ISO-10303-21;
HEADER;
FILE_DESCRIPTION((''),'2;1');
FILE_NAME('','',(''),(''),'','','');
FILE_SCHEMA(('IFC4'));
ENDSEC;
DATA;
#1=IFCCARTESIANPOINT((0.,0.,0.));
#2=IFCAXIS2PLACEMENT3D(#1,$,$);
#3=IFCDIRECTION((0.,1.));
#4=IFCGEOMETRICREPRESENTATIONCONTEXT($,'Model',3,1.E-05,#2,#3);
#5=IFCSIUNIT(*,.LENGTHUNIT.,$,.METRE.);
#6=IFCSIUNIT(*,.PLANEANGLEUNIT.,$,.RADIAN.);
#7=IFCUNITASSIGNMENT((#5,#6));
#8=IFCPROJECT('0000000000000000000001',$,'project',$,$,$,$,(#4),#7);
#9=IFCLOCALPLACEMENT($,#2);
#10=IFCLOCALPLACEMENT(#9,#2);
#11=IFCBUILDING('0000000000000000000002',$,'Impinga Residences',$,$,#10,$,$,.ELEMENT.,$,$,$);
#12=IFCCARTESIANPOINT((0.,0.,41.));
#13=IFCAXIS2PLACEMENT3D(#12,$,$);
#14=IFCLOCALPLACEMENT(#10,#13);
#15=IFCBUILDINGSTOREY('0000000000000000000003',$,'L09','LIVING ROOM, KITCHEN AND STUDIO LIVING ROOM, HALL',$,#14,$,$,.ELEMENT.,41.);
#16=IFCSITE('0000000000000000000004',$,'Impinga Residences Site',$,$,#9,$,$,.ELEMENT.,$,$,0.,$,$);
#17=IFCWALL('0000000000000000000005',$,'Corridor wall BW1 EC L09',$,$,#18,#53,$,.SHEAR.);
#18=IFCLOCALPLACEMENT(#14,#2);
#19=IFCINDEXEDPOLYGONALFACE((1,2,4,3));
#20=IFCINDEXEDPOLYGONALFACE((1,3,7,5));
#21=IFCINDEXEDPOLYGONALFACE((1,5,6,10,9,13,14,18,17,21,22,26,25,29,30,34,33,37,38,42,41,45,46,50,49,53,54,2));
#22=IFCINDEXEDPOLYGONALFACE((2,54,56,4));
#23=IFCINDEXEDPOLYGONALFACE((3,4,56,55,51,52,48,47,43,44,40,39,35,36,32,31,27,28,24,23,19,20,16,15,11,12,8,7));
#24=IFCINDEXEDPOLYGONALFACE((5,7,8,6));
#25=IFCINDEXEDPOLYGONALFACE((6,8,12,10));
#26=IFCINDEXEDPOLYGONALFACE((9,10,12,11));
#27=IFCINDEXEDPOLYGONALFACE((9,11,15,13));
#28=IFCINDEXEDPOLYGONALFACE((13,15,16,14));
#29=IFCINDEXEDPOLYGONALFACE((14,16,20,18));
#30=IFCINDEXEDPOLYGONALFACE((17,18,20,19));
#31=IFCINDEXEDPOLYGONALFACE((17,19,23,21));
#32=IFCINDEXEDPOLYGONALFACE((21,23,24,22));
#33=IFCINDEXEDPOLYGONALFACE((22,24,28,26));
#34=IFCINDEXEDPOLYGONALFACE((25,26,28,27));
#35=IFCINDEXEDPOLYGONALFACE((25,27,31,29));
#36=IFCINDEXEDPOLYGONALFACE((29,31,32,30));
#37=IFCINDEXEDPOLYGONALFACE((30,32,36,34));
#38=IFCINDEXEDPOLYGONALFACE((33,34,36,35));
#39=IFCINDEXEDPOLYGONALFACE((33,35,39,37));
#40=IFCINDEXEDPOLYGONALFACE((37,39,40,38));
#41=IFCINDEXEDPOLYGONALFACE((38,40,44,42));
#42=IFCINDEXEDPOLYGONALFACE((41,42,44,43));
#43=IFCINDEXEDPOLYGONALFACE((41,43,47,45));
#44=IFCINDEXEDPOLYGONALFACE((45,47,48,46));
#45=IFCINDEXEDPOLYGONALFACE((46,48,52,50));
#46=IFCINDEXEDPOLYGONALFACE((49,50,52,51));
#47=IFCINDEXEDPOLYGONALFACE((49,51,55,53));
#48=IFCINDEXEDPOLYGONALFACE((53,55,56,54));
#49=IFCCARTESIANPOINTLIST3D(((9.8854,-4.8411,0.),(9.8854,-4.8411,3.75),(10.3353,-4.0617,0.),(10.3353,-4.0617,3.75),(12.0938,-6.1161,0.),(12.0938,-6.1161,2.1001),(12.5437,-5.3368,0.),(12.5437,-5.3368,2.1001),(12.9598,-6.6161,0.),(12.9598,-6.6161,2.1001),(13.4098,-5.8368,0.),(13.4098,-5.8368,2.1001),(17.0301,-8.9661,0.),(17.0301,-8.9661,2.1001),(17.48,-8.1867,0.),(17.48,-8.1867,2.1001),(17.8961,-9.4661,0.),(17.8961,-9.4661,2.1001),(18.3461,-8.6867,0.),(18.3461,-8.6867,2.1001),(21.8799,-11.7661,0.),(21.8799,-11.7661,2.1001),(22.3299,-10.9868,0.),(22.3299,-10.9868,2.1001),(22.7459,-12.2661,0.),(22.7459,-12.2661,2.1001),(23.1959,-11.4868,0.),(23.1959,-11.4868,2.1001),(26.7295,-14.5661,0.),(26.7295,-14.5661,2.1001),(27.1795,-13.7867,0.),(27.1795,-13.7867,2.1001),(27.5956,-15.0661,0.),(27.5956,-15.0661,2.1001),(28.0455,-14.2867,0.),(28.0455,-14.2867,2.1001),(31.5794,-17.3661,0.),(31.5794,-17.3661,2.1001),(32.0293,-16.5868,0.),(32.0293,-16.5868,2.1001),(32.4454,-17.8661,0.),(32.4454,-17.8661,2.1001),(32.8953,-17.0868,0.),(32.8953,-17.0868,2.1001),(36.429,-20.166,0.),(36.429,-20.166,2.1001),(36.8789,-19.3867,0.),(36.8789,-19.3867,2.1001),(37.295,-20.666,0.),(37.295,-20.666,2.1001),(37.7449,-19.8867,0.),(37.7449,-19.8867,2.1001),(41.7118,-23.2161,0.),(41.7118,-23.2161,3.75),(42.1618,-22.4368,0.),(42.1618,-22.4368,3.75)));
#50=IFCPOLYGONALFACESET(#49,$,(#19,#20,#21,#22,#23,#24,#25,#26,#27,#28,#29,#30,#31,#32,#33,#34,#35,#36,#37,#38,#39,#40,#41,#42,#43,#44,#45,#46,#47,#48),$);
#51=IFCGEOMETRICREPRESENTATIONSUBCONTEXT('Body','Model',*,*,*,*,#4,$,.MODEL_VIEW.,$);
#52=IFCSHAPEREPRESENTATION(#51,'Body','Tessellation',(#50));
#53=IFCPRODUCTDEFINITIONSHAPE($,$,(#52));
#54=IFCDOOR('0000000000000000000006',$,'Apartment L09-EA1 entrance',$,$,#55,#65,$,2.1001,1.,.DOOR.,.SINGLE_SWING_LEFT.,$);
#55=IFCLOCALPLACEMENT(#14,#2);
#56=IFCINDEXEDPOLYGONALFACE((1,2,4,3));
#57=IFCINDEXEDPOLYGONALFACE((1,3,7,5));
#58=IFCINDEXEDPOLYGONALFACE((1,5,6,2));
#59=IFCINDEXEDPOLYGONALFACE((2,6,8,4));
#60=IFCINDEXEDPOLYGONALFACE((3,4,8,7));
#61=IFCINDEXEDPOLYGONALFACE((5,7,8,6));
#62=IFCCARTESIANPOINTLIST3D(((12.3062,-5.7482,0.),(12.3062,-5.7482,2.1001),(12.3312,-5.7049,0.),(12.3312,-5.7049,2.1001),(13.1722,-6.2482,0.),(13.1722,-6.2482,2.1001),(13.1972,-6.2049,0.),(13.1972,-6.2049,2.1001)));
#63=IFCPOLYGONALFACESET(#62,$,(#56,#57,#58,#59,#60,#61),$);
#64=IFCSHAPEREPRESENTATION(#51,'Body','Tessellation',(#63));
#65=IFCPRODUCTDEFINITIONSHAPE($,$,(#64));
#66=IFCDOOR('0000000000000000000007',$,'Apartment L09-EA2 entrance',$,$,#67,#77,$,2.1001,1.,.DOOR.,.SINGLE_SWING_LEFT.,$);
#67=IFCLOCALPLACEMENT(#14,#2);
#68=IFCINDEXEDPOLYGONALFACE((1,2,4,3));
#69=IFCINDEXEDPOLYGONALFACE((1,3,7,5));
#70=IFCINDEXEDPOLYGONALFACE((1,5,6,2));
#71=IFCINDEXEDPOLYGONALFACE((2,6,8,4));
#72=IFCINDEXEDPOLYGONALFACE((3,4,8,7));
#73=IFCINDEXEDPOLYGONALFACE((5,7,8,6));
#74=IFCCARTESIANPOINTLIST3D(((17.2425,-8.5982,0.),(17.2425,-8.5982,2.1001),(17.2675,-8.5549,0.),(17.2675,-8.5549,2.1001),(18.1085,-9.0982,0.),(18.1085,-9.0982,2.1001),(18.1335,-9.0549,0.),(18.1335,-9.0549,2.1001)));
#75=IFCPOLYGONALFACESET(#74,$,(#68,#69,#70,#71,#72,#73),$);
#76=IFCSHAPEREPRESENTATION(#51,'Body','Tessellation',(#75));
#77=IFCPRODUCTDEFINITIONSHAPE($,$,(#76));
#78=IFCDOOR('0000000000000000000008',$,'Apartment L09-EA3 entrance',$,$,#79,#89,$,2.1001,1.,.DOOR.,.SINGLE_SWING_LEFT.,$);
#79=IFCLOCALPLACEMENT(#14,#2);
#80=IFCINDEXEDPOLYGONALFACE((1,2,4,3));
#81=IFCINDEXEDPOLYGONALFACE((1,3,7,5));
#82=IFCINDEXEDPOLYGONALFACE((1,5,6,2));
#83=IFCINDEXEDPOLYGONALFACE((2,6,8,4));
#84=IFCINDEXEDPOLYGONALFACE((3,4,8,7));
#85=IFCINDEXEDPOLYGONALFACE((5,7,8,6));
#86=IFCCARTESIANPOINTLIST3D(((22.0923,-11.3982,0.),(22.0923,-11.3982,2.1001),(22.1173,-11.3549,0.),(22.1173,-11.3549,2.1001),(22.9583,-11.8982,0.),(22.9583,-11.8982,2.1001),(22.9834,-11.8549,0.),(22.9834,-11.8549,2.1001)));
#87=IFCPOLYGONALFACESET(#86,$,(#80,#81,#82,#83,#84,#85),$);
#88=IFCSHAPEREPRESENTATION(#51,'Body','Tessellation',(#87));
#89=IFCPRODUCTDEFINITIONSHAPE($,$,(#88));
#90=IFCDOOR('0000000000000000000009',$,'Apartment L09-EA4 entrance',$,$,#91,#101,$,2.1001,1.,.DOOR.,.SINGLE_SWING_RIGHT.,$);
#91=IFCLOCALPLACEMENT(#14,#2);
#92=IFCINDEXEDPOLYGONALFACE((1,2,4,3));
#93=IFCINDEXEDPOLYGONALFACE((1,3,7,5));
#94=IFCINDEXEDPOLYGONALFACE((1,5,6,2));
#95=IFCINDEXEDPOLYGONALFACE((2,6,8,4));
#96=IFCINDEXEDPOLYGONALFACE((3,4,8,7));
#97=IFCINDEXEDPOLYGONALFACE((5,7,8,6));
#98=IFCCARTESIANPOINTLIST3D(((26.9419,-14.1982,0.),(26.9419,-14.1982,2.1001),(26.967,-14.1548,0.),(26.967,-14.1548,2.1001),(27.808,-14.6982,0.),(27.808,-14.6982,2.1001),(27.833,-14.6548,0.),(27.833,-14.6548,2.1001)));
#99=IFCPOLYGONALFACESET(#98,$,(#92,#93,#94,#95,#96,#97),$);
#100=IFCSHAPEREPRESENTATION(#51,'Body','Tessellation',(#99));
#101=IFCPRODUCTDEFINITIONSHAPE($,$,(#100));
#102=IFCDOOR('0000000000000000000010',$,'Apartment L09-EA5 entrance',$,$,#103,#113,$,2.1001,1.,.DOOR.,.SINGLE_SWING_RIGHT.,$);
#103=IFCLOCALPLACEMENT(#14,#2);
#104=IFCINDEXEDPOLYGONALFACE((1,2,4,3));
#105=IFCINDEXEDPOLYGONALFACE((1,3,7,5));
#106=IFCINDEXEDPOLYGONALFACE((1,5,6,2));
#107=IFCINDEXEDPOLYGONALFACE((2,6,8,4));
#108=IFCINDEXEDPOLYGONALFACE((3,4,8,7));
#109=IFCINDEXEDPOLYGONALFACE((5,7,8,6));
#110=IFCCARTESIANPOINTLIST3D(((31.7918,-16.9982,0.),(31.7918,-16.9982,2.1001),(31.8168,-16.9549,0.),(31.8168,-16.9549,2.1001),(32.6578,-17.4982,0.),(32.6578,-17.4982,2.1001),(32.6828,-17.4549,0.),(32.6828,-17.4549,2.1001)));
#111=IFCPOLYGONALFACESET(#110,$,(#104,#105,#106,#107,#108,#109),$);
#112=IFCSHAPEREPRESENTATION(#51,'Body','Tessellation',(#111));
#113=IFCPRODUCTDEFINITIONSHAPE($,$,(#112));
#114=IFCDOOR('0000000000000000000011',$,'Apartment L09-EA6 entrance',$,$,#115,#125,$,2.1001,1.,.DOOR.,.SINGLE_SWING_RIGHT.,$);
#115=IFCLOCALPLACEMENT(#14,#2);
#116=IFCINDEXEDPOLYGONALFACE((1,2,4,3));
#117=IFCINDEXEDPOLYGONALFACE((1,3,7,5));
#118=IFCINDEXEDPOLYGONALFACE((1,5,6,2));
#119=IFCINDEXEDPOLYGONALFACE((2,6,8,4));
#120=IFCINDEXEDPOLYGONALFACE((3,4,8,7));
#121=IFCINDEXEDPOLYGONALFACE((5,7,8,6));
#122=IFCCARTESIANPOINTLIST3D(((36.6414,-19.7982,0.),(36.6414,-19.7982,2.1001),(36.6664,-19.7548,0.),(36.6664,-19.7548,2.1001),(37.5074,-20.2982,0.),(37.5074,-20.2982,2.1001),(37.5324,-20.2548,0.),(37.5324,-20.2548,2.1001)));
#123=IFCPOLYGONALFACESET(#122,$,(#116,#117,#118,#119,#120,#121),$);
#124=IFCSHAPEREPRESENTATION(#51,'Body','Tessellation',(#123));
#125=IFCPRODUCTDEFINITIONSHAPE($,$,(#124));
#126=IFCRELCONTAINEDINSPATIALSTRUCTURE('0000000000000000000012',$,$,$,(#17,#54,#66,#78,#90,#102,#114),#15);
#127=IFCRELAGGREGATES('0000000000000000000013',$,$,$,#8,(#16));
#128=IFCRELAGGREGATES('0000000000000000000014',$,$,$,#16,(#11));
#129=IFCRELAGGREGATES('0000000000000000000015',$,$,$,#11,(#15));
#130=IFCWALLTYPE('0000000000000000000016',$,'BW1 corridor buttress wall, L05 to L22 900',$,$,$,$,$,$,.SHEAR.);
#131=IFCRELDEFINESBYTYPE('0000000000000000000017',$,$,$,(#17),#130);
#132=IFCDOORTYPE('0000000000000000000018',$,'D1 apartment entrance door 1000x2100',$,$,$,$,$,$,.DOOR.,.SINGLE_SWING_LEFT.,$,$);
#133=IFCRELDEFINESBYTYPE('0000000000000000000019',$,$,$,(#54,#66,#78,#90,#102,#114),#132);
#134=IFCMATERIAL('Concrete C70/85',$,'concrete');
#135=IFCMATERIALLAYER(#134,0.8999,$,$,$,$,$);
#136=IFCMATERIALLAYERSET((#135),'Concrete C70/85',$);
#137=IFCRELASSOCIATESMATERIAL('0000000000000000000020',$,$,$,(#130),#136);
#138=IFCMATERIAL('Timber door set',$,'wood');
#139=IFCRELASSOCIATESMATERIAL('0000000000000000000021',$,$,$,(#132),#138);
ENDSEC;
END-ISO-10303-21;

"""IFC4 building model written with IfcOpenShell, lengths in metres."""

from ifc_helpers import new_model, si_unit, direction, frame, frame_2d, origin, place, context, subcontext, project, spatial, rectangle, extrude, material, layer, layer_set, type_object, element, fill, save


model = new_model("IFC4")

# Units and contexts
model_context = context("Model", 3, precision=1e-05, world=origin(), true_north=direction((0.0, 1.0)))
body_context = subcontext(model_context, "Body", "Model", "MODEL_VIEW")
ifc_project = project(units=[si_unit("LENGTHUNIT", "METRE"), si_unit("PLANEANGLEUNIT", "RADIAN")], contexts=[model_context])

# Site, building, storey
site_placement = place(None, origin())
site = spatial("IfcSite", under=ifc_project, at=site_placement, Name="Impinga Residences Site", CompositionType="ELEMENT", RefElevation=0.0)
building_placement = place(site_placement, origin())
building = spatial("IfcBuilding", under=site, at=building_placement, Name="Impinga Residences", CompositionType="ELEMENT")
storey_placement = place(building_placement, frame((0.0, 0.0, 41.0)))
storey = spatial("IfcBuildingStorey", under=building, at=storey_placement, Name="L09", Description="LIVING ROOM, KITCHEN AND STUDIO LIVING ROOM, HALL", CompositionType="ELEMENT", Elevation=41.0)

# Wall, openings, doors
ifc_material_1 = material(Name="Concrete C70/85", Category="concrete")
ifc_layer_1 = layer(ifc_material_1, 0.8999)
ifc_layer_set_1 = layer_set([ifc_layer_1], Name="Concrete C70/85")
wall_type_1 = type_object("IfcWallType", Name="BW1 corridor buttress wall, L05 to L22 900", PredefinedType="SHEAR", material=ifc_layer_set_1)
wall_1_placement = place(storey_placement, frame((10.1104, -4.4514, 0.0), z_axis=(0.0, 0.0, 1.0), x_axis=(0.866025, -0.5, 0.0)))
wall_1 = element("IfcWall", 1, at=wall_1_placement, inside=storey, type_object=wall_type_1, Name="Corridor wall BW1 EC L09", PredefinedType="SHEAR", context=body_context, shape_type="SweptSolid", body=[
    extrude(rectangle(XDim=36.75, YDim=0.8999, at=frame_2d((18.375, 0.0))), origin(), (0.0, 0.0, 1.0), 3.75),
])
opening_1_placement = place(wall_1_placement, frame((2.55, 0.0, 0.0)))
opening_1 = element("IfcOpeningElement", 2, at=opening_1_placement, cuts=wall_1, PredefinedType="OPENING", context=body_context, shape_type="SweptSolid", body=[
    extrude(rectangle(XDim=1.0, YDim=2.1001, at=frame_2d((0.5, 1.05))), frame((0.0, 0.46, 0.0), z_axis=(0.0, -1.0, 0.0), x_axis=(1.0, 0.0, 0.0)), (0.0, 0.0, 1.0), 0.9199),
])
opening_2_placement = place(wall_1_placement, frame((8.25, 0.0, 0.0)))
opening_2 = element("IfcOpeningElement", 3, at=opening_2_placement, cuts=wall_1, PredefinedType="OPENING", context=body_context, shape_type="SweptSolid", body=[
    extrude(rectangle(XDim=1.0, YDim=2.1001, at=frame_2d((0.5, 1.05))), frame((0.0, 0.46, 0.0), z_axis=(0.0, -1.0, 0.0), x_axis=(1.0, 0.0, 0.0)), (0.0, 0.0, 1.0), 0.9199),
])
opening_3_placement = place(wall_1_placement, frame((13.8501, 0.0, 0.0)))
opening_3 = element("IfcOpeningElement", 4, at=opening_3_placement, cuts=wall_1, PredefinedType="OPENING", context=body_context, shape_type="SweptSolid", body=[
    extrude(rectangle(XDim=1.0, YDim=2.1001, at=frame_2d((0.5, 1.05))), frame((0.0, 0.46, 0.0), z_axis=(0.0, -1.0, 0.0), x_axis=(1.0, 0.0, 0.0)), (0.0, 0.0, 1.0), 0.9199),
])
opening_4_placement = place(wall_1_placement, frame((19.45, 0.0, 0.0)))
opening_4 = element("IfcOpeningElement", 5, at=opening_4_placement, cuts=wall_1, PredefinedType="OPENING", context=body_context, shape_type="SweptSolid", body=[
    extrude(rectangle(XDim=1.0, YDim=2.1001, at=frame_2d((0.5, 1.05))), frame((0.0, 0.46, 0.0), z_axis=(0.0, -1.0, 0.0), x_axis=(1.0, 0.0, 0.0)), (0.0, 0.0, 1.0), 0.9199),
])
opening_5_placement = place(wall_1_placement, frame((25.05, 0.0, 0.0)))
opening_5 = element("IfcOpeningElement", 6, at=opening_5_placement, cuts=wall_1, PredefinedType="OPENING", context=body_context, shape_type="SweptSolid", body=[
    extrude(rectangle(XDim=1.0, YDim=2.1001, at=frame_2d((0.5, 1.05))), frame((0.0, 0.46, 0.0), z_axis=(0.0, -1.0, 0.0), x_axis=(1.0, 0.0, 0.0)), (0.0, 0.0, 1.0), 0.9199),
])
opening_6_placement = place(wall_1_placement, frame((30.6499, 0.0, 0.0)))
opening_6 = element("IfcOpeningElement", 7, at=opening_6_placement, cuts=wall_1, PredefinedType="OPENING", context=body_context, shape_type="SweptSolid", body=[
    extrude(rectangle(XDim=1.0, YDim=2.1001, at=frame_2d((0.5, 1.05))), frame((0.0, 0.46, 0.0), z_axis=(0.0, -1.0, 0.0), x_axis=(1.0, 0.0, 0.0)), (0.0, 0.0, 1.0), 0.9199),
])
ifc_material_2 = material(Name="Timber door set", Category="wood")
door_type_1 = type_object("IfcDoorType", Name="D1 apartment entrance door 1000x2100", OperationType="SINGLE_SWING_LEFT", PredefinedType="DOOR", material=ifc_material_2)
door_1_placement = place(opening_1_placement, origin())
door_1 = element("IfcDoor", 8, at=door_1_placement, inside=storey, type_object=door_type_1, Name="Apartment L09-EA1 entrance", OperationType="SINGLE_SWING_LEFT", OverallHeight=2.1001, OverallWidth=1.0, PredefinedType="DOOR", context=body_context, shape_type="SweptSolid", body=[
    extrude(rectangle(XDim=1.0, YDim=2.1001, at=frame_2d((0.5, 1.05))), frame((0.0, 0.0249, 0.0), z_axis=(0.0, -1.0, 0.0), x_axis=(1.0, 0.0, 0.0)), (0.0, 0.0, 1.0), 0.05),
])
fill(opening_1, door_1)
door_2_placement = place(opening_2_placement, origin())
door_2 = element("IfcDoor", 9, at=door_2_placement, inside=storey, type_object=door_type_1, Name="Apartment L09-EA2 entrance", OperationType="SINGLE_SWING_LEFT", OverallHeight=2.1001, OverallWidth=1.0, PredefinedType="DOOR", context=body_context, shape_type="SweptSolid", body=[
    extrude(rectangle(XDim=1.0, YDim=2.1001, at=frame_2d((0.5, 1.05))), frame((0.0, 0.0249, 0.0), z_axis=(0.0, -1.0, 0.0), x_axis=(1.0, 0.0, 0.0)), (0.0, 0.0, 1.0), 0.05),
])
fill(opening_2, door_2)
door_3_placement = place(opening_3_placement, origin())
door_3 = element("IfcDoor", 10, at=door_3_placement, inside=storey, type_object=door_type_1, Name="Apartment L09-EA3 entrance", OperationType="SINGLE_SWING_LEFT", OverallHeight=2.1001, OverallWidth=1.0, PredefinedType="DOOR", context=body_context, shape_type="SweptSolid", body=[
    extrude(rectangle(XDim=1.0, YDim=2.1001, at=frame_2d((0.5, 1.05))), frame((0.0, 0.0249, 0.0), z_axis=(0.0, -1.0, 0.0), x_axis=(1.0, 0.0, 0.0)), (0.0, 0.0, 1.0), 0.05),
])
fill(opening_3, door_3)
door_4_placement = place(opening_4_placement, origin())
door_4 = element("IfcDoor", 11, at=door_4_placement, inside=storey, type_object=door_type_1, Name="Apartment L09-EA4 entrance", OperationType="SINGLE_SWING_RIGHT", OverallHeight=2.1001, OverallWidth=1.0, PredefinedType="DOOR", context=body_context, shape_type="SweptSolid", body=[
    extrude(rectangle(XDim=1.0, YDim=2.1001, at=frame_2d((0.5, 1.05))), frame((0.0, 0.0249, 0.0), z_axis=(0.0, -1.0, 0.0), x_axis=(1.0, 0.0, 0.0)), (0.0, 0.0, 1.0), 0.05),
])
fill(opening_4, door_4)
door_5_placement = place(opening_5_placement, origin())
door_5 = element("IfcDoor", 12, at=door_5_placement, inside=storey, type_object=door_type_1, Name="Apartment L09-EA5 entrance", OperationType="SINGLE_SWING_RIGHT", OverallHeight=2.1001, OverallWidth=1.0, PredefinedType="DOOR", context=body_context, shape_type="SweptSolid", body=[
    extrude(rectangle(XDim=1.0, YDim=2.1001, at=frame_2d((0.5, 1.05))), frame((0.0, 0.0249, 0.0), z_axis=(0.0, -1.0, 0.0), x_axis=(1.0, 0.0, 0.0)), (0.0, 0.0, 1.0), 0.05),
])
fill(opening_5, door_5)
door_6_placement = place(opening_6_placement, origin())
door_6 = element("IfcDoor", 13, at=door_6_placement, inside=storey, type_object=door_type_1, Name="Apartment L09-EA6 entrance", OperationType="SINGLE_SWING_RIGHT", OverallHeight=2.1001, OverallWidth=1.0, PredefinedType="DOOR", context=body_context, shape_type="SweptSolid", body=[
    extrude(rectangle(XDim=1.0, YDim=2.1001, at=frame_2d((0.5, 1.05))), frame((0.0, 0.0249, 0.0), z_axis=(0.0, -1.0, 0.0), x_axis=(1.0, 0.0, 0.0)), (0.0, 0.0, 1.0), 0.05),
])
fill(opening_6, door_6)

save(model, "model.ifc")
